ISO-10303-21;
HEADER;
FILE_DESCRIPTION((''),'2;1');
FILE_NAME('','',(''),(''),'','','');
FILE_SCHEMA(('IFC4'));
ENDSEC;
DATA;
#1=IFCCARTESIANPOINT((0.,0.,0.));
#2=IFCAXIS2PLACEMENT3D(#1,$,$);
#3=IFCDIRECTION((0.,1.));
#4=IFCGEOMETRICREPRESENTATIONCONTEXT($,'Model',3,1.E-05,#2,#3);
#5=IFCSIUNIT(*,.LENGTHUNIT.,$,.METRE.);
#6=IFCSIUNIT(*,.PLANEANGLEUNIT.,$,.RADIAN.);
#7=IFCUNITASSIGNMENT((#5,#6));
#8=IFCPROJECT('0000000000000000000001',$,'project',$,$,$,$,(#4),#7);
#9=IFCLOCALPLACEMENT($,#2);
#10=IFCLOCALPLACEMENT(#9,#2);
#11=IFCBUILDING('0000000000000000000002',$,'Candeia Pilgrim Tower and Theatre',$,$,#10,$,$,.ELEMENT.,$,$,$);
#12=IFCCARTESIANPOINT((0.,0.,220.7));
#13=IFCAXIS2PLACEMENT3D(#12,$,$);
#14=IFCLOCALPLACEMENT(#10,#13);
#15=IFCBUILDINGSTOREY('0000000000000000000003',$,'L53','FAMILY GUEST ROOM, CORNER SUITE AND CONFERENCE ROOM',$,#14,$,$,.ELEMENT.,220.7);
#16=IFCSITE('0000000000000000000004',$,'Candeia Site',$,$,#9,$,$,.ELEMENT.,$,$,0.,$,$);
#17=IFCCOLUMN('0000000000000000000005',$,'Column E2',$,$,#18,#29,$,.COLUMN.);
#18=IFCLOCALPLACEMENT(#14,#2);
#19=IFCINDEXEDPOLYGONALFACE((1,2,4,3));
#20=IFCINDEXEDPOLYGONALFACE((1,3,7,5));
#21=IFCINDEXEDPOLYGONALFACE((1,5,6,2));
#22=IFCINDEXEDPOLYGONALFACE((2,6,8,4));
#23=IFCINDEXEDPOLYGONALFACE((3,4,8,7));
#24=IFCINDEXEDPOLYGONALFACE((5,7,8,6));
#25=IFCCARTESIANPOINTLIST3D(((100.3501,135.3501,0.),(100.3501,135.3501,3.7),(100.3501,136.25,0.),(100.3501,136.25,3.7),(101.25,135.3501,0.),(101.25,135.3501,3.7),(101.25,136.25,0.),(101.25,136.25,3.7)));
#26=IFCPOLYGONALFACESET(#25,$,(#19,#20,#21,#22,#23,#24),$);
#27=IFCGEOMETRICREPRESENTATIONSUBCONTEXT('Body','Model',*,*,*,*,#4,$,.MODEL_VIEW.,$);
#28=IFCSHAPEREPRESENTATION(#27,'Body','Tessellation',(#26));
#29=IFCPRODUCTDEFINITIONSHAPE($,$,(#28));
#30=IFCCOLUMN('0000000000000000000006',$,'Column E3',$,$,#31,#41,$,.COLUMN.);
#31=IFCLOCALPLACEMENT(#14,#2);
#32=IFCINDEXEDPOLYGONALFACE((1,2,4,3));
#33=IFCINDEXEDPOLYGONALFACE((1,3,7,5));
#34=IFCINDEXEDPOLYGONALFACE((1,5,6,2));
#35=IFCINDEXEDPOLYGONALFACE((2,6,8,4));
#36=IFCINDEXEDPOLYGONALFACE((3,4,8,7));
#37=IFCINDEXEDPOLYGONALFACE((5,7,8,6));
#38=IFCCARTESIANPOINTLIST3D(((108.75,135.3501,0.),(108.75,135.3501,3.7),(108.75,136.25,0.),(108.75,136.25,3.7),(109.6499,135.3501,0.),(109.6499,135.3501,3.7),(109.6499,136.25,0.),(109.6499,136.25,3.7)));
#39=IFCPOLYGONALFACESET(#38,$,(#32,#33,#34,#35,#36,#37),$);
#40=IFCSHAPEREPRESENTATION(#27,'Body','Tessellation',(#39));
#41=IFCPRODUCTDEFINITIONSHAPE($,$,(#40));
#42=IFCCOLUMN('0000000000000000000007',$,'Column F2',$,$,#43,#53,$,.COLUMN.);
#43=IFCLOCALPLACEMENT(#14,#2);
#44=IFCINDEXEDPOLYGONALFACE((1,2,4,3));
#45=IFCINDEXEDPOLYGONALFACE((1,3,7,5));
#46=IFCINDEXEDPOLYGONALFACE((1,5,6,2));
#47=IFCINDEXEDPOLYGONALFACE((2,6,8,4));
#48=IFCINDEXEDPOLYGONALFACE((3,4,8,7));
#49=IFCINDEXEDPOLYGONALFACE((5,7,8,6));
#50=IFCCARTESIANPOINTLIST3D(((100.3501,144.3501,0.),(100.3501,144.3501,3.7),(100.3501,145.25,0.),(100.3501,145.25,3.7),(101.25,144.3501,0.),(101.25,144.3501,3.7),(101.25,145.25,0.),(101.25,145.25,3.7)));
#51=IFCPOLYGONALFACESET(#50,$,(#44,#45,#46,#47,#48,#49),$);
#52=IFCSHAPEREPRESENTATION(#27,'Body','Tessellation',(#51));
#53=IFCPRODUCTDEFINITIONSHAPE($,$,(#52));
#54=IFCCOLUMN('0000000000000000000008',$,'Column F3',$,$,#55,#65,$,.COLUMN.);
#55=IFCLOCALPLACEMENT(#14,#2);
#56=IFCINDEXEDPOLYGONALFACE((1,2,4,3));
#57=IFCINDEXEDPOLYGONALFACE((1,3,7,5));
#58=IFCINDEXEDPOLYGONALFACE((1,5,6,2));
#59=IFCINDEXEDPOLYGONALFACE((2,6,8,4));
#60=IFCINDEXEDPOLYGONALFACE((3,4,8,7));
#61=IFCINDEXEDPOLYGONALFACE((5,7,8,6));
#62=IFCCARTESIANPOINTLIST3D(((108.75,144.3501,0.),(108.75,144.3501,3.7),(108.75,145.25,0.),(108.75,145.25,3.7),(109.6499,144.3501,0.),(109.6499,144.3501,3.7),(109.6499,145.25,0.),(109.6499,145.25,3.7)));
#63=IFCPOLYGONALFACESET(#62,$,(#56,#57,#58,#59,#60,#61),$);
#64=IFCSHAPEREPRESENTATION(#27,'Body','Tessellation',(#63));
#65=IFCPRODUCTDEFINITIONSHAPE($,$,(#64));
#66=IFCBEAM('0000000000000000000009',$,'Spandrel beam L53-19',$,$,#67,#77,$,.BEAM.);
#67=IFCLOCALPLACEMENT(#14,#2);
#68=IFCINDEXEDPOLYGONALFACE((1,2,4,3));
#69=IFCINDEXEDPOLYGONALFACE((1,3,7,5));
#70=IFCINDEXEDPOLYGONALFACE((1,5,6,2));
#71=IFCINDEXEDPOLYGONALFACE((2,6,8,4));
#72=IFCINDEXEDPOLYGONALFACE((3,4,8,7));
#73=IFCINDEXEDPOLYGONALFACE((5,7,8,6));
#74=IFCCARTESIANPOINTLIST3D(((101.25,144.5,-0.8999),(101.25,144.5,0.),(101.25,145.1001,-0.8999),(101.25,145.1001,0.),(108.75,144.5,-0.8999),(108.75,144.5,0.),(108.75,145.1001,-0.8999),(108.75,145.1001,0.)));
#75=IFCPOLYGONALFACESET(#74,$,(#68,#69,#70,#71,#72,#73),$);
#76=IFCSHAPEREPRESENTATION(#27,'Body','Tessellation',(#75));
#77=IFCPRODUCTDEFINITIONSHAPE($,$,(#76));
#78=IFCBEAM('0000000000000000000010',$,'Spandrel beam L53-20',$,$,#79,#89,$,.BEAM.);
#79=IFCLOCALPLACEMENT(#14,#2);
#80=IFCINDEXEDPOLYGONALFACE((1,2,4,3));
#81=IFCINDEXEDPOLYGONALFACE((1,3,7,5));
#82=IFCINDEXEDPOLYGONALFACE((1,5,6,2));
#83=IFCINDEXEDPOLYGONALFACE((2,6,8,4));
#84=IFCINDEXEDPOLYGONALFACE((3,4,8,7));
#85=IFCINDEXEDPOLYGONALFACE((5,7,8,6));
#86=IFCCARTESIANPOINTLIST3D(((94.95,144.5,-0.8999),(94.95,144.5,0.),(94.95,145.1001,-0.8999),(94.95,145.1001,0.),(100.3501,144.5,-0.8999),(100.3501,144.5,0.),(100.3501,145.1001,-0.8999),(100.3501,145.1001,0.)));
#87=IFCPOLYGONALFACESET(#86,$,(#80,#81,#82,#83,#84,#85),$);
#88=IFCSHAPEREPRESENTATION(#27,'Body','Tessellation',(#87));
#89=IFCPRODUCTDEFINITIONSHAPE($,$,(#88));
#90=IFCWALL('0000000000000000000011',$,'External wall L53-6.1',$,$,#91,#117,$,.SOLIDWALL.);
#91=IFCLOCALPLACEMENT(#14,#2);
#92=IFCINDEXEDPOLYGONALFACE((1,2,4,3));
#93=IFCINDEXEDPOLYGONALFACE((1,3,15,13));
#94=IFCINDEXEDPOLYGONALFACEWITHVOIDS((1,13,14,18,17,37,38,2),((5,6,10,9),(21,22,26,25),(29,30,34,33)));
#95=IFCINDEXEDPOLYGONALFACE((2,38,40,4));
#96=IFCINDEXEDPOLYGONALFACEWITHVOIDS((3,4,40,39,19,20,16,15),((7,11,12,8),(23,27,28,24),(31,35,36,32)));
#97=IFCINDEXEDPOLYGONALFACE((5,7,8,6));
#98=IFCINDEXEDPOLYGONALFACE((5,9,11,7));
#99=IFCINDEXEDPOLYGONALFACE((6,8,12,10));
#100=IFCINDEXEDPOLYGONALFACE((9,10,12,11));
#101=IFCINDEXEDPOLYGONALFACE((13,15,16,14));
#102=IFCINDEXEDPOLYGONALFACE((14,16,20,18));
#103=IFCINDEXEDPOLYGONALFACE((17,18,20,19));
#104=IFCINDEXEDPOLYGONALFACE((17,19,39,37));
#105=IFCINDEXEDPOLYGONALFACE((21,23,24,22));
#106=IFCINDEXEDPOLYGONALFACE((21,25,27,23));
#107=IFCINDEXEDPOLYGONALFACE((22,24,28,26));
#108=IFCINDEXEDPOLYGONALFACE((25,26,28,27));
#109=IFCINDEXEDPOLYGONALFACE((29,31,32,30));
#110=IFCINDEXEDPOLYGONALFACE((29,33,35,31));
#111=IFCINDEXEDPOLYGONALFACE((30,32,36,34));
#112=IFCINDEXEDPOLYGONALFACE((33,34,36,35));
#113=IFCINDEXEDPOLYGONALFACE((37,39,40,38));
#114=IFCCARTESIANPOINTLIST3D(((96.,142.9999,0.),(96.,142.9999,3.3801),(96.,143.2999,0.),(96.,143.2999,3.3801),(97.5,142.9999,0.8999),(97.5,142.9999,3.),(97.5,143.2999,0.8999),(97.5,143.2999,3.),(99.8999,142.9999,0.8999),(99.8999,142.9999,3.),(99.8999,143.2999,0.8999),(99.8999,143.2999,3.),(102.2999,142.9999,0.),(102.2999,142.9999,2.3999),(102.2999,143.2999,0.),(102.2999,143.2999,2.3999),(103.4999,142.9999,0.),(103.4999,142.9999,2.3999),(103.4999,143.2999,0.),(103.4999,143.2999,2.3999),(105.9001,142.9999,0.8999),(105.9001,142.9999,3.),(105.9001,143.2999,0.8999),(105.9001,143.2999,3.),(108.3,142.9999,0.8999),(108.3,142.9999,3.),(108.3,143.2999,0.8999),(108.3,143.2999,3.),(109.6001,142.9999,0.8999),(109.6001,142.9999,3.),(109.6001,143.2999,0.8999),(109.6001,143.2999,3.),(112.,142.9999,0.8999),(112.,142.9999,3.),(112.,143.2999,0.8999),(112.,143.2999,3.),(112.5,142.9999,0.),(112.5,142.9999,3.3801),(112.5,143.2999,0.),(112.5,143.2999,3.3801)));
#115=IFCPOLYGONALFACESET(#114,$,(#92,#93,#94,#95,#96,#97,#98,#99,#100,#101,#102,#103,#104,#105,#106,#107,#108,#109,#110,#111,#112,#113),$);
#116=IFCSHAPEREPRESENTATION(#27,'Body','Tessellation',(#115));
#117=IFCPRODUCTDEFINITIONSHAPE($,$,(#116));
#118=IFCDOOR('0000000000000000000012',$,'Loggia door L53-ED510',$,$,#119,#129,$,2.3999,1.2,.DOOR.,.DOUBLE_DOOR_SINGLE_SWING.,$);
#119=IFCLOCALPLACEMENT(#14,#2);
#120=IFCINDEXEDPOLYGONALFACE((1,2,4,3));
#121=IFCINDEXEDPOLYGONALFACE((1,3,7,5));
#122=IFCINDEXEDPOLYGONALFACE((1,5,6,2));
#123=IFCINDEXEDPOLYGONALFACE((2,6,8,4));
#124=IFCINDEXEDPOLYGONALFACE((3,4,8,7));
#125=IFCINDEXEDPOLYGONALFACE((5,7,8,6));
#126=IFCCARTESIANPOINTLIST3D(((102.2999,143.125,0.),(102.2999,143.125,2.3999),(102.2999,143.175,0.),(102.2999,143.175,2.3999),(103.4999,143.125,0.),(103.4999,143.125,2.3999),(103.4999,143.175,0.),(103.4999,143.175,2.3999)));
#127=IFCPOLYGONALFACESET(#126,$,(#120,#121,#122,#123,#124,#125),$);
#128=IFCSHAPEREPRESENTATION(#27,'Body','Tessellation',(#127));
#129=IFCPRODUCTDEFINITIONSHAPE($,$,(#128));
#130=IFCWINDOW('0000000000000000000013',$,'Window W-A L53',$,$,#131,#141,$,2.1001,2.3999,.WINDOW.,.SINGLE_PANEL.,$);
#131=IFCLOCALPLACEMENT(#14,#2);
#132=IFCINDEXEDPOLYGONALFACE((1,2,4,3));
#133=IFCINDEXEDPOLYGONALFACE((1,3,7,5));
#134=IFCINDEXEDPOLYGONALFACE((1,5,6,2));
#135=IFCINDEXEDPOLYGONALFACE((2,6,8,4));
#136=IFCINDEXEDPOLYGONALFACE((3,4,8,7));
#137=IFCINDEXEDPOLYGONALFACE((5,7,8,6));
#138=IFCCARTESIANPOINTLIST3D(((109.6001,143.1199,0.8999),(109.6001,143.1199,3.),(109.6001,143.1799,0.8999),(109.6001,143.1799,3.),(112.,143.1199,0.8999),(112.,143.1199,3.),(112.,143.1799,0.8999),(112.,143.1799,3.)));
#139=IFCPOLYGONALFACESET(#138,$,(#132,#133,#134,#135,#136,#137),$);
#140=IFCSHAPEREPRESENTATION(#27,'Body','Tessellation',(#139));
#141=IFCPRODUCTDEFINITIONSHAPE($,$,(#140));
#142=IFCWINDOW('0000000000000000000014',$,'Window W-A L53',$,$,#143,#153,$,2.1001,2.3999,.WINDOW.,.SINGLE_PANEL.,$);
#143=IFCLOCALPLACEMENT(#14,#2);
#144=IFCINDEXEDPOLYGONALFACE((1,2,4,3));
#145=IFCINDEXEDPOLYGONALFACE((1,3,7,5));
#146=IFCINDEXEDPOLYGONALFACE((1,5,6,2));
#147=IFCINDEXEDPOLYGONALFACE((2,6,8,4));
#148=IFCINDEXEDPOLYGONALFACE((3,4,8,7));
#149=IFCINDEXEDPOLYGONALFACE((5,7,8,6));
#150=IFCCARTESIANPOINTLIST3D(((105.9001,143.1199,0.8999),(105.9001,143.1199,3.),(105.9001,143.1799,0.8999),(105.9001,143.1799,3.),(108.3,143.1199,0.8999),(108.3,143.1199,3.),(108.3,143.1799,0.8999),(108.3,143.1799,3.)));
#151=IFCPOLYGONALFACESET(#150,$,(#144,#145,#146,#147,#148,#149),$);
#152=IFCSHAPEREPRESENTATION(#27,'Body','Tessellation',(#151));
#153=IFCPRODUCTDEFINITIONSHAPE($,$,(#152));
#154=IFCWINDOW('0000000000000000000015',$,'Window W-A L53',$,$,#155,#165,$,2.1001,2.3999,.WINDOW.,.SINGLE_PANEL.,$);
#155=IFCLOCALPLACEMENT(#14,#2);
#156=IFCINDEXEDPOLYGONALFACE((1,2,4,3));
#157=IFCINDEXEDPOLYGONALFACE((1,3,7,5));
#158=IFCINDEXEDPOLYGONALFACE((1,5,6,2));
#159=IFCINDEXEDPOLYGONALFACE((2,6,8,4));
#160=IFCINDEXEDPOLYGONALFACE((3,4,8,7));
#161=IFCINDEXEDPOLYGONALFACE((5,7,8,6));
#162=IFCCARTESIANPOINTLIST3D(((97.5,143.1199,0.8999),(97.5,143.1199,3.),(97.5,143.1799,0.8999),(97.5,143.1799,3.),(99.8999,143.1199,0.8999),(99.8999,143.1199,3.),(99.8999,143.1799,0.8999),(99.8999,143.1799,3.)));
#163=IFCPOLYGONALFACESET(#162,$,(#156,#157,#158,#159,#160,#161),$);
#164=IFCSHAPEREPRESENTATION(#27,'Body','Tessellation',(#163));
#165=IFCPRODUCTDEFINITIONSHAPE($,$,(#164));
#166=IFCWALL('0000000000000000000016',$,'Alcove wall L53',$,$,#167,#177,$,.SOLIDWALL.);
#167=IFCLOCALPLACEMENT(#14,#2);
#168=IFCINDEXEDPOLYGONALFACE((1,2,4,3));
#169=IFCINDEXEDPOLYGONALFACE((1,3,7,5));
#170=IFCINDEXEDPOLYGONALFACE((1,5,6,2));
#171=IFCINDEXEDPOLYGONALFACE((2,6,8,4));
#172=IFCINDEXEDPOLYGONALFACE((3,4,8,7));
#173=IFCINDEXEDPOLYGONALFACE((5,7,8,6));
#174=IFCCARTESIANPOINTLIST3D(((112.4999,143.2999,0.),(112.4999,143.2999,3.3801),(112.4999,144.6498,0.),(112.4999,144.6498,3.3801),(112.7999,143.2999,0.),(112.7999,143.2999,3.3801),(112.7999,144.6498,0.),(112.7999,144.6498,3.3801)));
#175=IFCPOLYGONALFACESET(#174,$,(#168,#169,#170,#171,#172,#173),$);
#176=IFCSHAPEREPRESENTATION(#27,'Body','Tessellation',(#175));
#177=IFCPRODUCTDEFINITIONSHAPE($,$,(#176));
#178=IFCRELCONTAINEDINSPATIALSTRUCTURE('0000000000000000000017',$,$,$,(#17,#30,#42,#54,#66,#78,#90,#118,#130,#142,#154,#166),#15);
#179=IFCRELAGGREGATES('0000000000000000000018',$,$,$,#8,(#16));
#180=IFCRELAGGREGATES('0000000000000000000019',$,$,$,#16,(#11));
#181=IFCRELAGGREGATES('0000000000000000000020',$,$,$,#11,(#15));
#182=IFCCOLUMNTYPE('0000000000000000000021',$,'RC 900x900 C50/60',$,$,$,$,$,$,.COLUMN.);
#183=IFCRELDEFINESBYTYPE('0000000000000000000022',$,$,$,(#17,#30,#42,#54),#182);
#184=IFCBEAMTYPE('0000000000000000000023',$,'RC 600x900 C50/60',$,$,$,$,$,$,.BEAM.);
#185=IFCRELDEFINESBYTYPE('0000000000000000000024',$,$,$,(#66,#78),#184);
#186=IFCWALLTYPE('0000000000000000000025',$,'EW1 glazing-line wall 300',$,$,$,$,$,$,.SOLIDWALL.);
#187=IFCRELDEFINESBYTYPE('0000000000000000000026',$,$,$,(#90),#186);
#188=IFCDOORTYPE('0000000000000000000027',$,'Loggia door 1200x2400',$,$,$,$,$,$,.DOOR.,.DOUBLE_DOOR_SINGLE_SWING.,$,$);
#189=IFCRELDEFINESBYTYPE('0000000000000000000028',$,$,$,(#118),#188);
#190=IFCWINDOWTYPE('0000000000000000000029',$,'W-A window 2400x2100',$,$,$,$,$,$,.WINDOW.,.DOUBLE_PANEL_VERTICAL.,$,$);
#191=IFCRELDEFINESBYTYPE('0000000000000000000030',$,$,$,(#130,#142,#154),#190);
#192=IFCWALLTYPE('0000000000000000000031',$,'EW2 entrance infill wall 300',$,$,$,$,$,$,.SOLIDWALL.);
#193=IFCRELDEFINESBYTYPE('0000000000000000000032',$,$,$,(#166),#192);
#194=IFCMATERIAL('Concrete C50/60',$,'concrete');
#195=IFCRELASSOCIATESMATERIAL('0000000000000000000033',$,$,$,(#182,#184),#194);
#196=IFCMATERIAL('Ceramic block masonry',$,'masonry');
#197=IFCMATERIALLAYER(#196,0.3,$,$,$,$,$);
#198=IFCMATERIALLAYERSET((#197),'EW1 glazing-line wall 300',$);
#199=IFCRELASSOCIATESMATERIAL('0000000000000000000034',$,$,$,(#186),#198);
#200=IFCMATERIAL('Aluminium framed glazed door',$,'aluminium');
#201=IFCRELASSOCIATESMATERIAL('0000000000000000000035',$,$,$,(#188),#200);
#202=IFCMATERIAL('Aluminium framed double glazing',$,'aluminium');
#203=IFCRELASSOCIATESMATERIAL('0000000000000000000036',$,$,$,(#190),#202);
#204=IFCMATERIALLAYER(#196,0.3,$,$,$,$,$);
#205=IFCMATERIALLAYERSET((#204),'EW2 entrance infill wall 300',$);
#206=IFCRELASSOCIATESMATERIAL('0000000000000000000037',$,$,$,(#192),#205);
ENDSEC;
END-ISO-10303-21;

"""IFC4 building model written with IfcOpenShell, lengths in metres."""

from ifc_helpers import new_model, si_unit, direction, frame, frame_2d, origin, origin_2d, place, context, subcontext, project, spatial, rectangle, extrude, material, layer, layer_set, material_profile, profile_set, type_object, element, fill, save


model = new_model("IFC4")

# Units and contexts
model_context = context("Model", 3, precision=1e-05, world=origin(), true_north=direction((0.0, 1.0)))
body_context = subcontext(model_context, "Body", "Model", "MODEL_VIEW")
ifc_project = project(units=[si_unit("LENGTHUNIT", "METRE"), si_unit("PLANEANGLEUNIT", "RADIAN")], contexts=[model_context])

# Site, building, storey
site_placement = place(None, origin())
site = spatial("IfcSite", under=ifc_project, at=site_placement, Name="Candeia Site", CompositionType="ELEMENT", RefElevation=0.0)
building_placement = place(site_placement, origin())
building = spatial("IfcBuilding", under=site, at=building_placement, Name="Candeia Pilgrim Tower and Theatre", CompositionType="ELEMENT")
storey_placement = place(building_placement, frame((0.0, 0.0, 220.7)))
storey = spatial("IfcBuildingStorey", under=building, at=storey_placement, Name="L53", Description="FAMILY GUEST ROOM, CORNER SUITE AND CONFERENCE ROOM", CompositionType="ELEMENT", Elevation=220.7)

# Columns
ifc_material_1 = material(Name="Concrete C50/60", Category="concrete")
ifc_material_profile_1 = material_profile(ifc_material_1, rectangle(XDim=0.8999, YDim=0.8999, at=origin_2d()))
ifc_profile_set_1 = profile_set([ifc_material_profile_1], Name="Concrete C50/60")
column_type = type_object("IfcColumnType", Name="RC 900x900 C50/60", PredefinedType="COLUMN", material=ifc_profile_set_1)
for number, where, z_axis, x_axis, name in (
    (1, (100.8, 135.8, 0.0), (0.0, 0.0, 1.0), (1.0, 0.0, 0.0), "Column E2"),
    (2, (109.2, 135.8, 0.0), (0.0, 0.0, 1.0), (1.0, 0.0, 0.0), "Column E3"),
    (3, (100.8, 144.8, 0.0), (0.0, 0.0, 1.0), (1.0, 0.0, 0.0), "Column F2"),
    (4, (109.2, 144.8, 0.0), (0.0, 0.0, 1.0), (1.0, 0.0, 0.0), "Column F3"),
):
    element("IfcColumn", number, at=place(storey_placement, frame(where, z_axis=z_axis, x_axis=x_axis)), inside=storey, type_object=column_type, Name=name, PredefinedType="COLUMN", context=body_context, shape_type="SweptSolid", body=[
        extrude(rectangle(XDim=0.8999, YDim=0.8999, at=origin_2d()), origin(), (0.0, 0.0, 1.0), 3.7),
    ])

# Beams
ifc_material_profile_2 = material_profile(ifc_material_1, rectangle(XDim=0.6001, YDim=0.8999, at=origin_2d()))
ifc_profile_set_2 = profile_set([ifc_material_profile_2], Name="Concrete C50/60")
beam_type = type_object("IfcBeamType", Name="RC 600x900 C50/60", PredefinedType="BEAM", material=ifc_profile_set_2)
beam_1_placement = place(storey_placement, frame((108.75, 144.8, -0.45), z_axis=(-1.0, 0.0, 0.0), x_axis=(0.0, -1.0, 0.0)))
element("IfcBeam", 5, at=beam_1_placement, inside=storey, type_object=beam_type, Name="Spandrel beam L53-19", PredefinedType="BEAM", context=body_context, shape_type="SweptSolid", body=[
    extrude(rectangle(XDim=0.6001, YDim=0.8999, at=origin_2d()), origin(), (0.0, 0.0, 1.0), 7.5),
])
beam_2_placement = place(storey_placement, frame((100.3501, 144.8, -0.45), z_axis=(-1.0, 0.0, 0.0), x_axis=(0.0, -1.0, 0.0)))
element("IfcBeam", 6, at=beam_2_placement, inside=storey, type_object=beam_type, Name="Spandrel beam L53-20", PredefinedType="BEAM", context=body_context, shape_type="SweptSolid", body=[
    extrude(rectangle(XDim=0.6001, YDim=0.8999, at=origin_2d()), origin(), (0.0, 0.0, 1.0), 5.4001),
])

# Wall, openings, door, windows
ifc_material_2 = material(Name="Ceramic block masonry", Category="masonry")
ifc_layer_1 = layer(ifc_material_2, 0.3)
ifc_layer_set_1 = layer_set([ifc_layer_1], Name="EW1 glazing-line wall 300")
wall_type_1 = type_object("IfcWallType", Name="EW1 glazing-line wall 300", PredefinedType="SOLIDWALL", material=ifc_layer_set_1)
wall_1_placement = place(storey_placement, frame((112.5, 143.1499, 0.0), z_axis=(0.0, 0.0, 1.0), x_axis=(-1.0, 0.0, 0.0)))
wall_1 = element("IfcWall", 7, at=wall_1_placement, inside=storey, type_object=wall_type_1, Name="External wall L53-6.1", PredefinedType="SOLIDWALL", context=body_context, shape_type="SweptSolid", body=[
    extrude(rectangle(XDim=16.5, YDim=0.3, at=frame_2d((8.25, 0.0))), origin(), (0.0, 0.0, 1.0), 3.3801),
])
opening_1_placement = place(wall_1_placement, frame((0.5, 0.0, 0.8999)))
opening_1 = element("IfcOpeningElement", 8, at=opening_1_placement, cuts=wall_1, PredefinedType="OPENING", context=body_context, shape_type="SweptSolid", body=[
    extrude(rectangle(XDim=2.3999, YDim=2.1001, at=frame_2d((1.2, 1.05))), frame((0.0, 0.1602, 0.0), z_axis=(0.0, -1.0, 0.0), x_axis=(1.0, 0.0, 0.0)), (0.0, 0.0, 1.0), 0.3201),
])
opening_2_placement = place(wall_1_placement, frame((4.2, 0.0, 0.8999)))
opening_2 = element("IfcOpeningElement", 9, at=opening_2_placement, cuts=wall_1, PredefinedType="OPENING", context=body_context, shape_type="SweptSolid", body=[
    extrude(rectangle(XDim=2.3999, YDim=2.1001, at=frame_2d((1.2, 1.05))), frame((0.0, 0.1602, 0.0), z_axis=(0.0, -1.0, 0.0), x_axis=(1.0, 0.0, 0.0)), (0.0, 0.0, 1.0), 0.3201),
])
opening_3_placement = place(wall_1_placement, frame((9.0, 0.0, 0.0)))
opening_3 = element("IfcOpeningElement", 10, at=opening_3_placement, cuts=wall_1, PredefinedType="OPENING", context=body_context, shape_type="SweptSolid", body=[
    extrude(rectangle(XDim=1.2, YDim=2.3999, at=frame_2d((0.6001, 1.2))), frame((0.0, 0.1602, 0.0), z_axis=(0.0, -1.0, 0.0), x_axis=(1.0, 0.0, 0.0)), (0.0, 0.0, 1.0), 0.3201),
])
opening_4_placement = place(wall_1_placement, frame((12.6001, 0.0, 0.8999)))
opening_4 = element("IfcOpeningElement", 11, at=opening_4_placement, cuts=wall_1, PredefinedType="OPENING", context=body_context, shape_type="SweptSolid", body=[
    extrude(rectangle(XDim=2.3999, YDim=2.1001, at=frame_2d((1.2, 1.05))), frame((0.0, 0.1602, 0.0), z_axis=(0.0, -1.0, 0.0), x_axis=(1.0, 0.0, 0.0)), (0.0, 0.0, 1.0), 0.3201),
])
ifc_material_3 = material(Name="Aluminium framed glazed door", Category="aluminium")
door_type_1 = type_object("IfcDoorType", Name="Loggia door 1200x2400", OperationType="DOUBLE_DOOR_SINGLE_SWING", PredefinedType="DOOR", material=ifc_material_3)
door_1_placement = place(opening_3_placement, origin())
door_1 = element("IfcDoor", 12, at=door_1_placement, inside=storey, type_object=door_type_1, Name="Loggia door L53-ED510", OperationType="DOUBLE_DOOR_SINGLE_SWING", OverallHeight=2.3999, OverallWidth=1.2, PredefinedType="DOOR", context=body_context, shape_type="SweptSolid", body=[
    extrude(rectangle(XDim=1.2, YDim=2.3999, at=frame_2d((0.6001, 1.2))), frame((0.0, 0.0249, 0.0), z_axis=(0.0, -1.0, 0.0), x_axis=(1.0, 0.0, 0.0)), (0.0, 0.0, 1.0), 0.05),
])
fill(opening_3, door_1)
ifc_material_4 = material(Name="Aluminium framed double glazing", Category="aluminium")
window_type = type_object("IfcWindowType", Name="W-A window 2400x2100", PartitioningType="DOUBLE_PANEL_VERTICAL", PredefinedType="WINDOW", material=ifc_material_4)
window_1_placement = place(opening_1_placement, origin())
window_1 = element("IfcWindow", 13, at=window_1_placement, inside=storey, type_object=window_type, Name="Window W-A L53", OverallHeight=2.1001, OverallWidth=2.3999, PartitioningType="SINGLE_PANEL", PredefinedType="WINDOW", context=body_context, shape_type="SweptSolid", body=[
    extrude(rectangle(XDim=2.3999, YDim=2.1001, at=frame_2d((1.2, 1.05))), frame((0.0, 0.03, 0.0), z_axis=(0.0, -1.0, 0.0), x_axis=(1.0, 0.0, 0.0)), (0.0, 0.0, 1.0), 0.0601),
])
fill(opening_1, window_1)
window_2_placement = place(opening_2_placement, origin())
window_2 = element("IfcWindow", 14, at=window_2_placement, inside=storey, type_object=window_type, Name="Window W-A L53", OverallHeight=2.1001, OverallWidth=2.3999, PartitioningType="SINGLE_PANEL", PredefinedType="WINDOW", context=body_context, shape_type="SweptSolid", body=[
    extrude(rectangle(XDim=2.3999, YDim=2.1001, at=frame_2d((1.2, 1.05))), frame((0.0, 0.03, 0.0), z_axis=(0.0, -1.0, 0.0), x_axis=(1.0, 0.0, 0.0)), (0.0, 0.0, 1.0), 0.0601),
])
fill(opening_2, window_2)
window_3_placement = place(opening_4_placement, origin())
window_3 = element("IfcWindow", 15, at=window_3_placement, inside=storey, type_object=window_type, Name="Window W-A L53", OverallHeight=2.1001, OverallWidth=2.3999, PartitioningType="SINGLE_PANEL", PredefinedType="WINDOW", context=body_context, shape_type="SweptSolid", body=[
    extrude(rectangle(XDim=2.3999, YDim=2.1001, at=frame_2d((1.2, 1.05))), frame((0.0, 0.03, 0.0), z_axis=(0.0, -1.0, 0.0), x_axis=(1.0, 0.0, 0.0)), (0.0, 0.0, 1.0), 0.0601),
])
fill(opening_4, window_3)

# Wall
ifc_layer_2 = layer(ifc_material_2, 0.3)
ifc_layer_set_2 = layer_set([ifc_layer_2], Name="EW2 entrance infill wall 300")
wall_type_2 = type_object("IfcWallType", Name="EW2 entrance infill wall 300", PredefinedType="SOLIDWALL", material=ifc_layer_set_2)
wall_2_placement = place(storey_placement, frame((112.6499, 143.3, 0.0), z_axis=(0.0, 0.0, 1.0), x_axis=(0.0, 1.0, 0.0)))
element("IfcWall", 16, at=wall_2_placement, inside=storey, type_object=wall_type_2, Name="Alcove wall L53", PredefinedType="SOLIDWALL", context=body_context, shape_type="SweptSolid", body=[
    extrude(rectangle(XDim=1.3499, YDim=0.3, at=frame_2d((0.6748, 0.0))), origin(), (0.0, 0.0, 1.0), 3.3801),
])

save(model, "model.ifc")
